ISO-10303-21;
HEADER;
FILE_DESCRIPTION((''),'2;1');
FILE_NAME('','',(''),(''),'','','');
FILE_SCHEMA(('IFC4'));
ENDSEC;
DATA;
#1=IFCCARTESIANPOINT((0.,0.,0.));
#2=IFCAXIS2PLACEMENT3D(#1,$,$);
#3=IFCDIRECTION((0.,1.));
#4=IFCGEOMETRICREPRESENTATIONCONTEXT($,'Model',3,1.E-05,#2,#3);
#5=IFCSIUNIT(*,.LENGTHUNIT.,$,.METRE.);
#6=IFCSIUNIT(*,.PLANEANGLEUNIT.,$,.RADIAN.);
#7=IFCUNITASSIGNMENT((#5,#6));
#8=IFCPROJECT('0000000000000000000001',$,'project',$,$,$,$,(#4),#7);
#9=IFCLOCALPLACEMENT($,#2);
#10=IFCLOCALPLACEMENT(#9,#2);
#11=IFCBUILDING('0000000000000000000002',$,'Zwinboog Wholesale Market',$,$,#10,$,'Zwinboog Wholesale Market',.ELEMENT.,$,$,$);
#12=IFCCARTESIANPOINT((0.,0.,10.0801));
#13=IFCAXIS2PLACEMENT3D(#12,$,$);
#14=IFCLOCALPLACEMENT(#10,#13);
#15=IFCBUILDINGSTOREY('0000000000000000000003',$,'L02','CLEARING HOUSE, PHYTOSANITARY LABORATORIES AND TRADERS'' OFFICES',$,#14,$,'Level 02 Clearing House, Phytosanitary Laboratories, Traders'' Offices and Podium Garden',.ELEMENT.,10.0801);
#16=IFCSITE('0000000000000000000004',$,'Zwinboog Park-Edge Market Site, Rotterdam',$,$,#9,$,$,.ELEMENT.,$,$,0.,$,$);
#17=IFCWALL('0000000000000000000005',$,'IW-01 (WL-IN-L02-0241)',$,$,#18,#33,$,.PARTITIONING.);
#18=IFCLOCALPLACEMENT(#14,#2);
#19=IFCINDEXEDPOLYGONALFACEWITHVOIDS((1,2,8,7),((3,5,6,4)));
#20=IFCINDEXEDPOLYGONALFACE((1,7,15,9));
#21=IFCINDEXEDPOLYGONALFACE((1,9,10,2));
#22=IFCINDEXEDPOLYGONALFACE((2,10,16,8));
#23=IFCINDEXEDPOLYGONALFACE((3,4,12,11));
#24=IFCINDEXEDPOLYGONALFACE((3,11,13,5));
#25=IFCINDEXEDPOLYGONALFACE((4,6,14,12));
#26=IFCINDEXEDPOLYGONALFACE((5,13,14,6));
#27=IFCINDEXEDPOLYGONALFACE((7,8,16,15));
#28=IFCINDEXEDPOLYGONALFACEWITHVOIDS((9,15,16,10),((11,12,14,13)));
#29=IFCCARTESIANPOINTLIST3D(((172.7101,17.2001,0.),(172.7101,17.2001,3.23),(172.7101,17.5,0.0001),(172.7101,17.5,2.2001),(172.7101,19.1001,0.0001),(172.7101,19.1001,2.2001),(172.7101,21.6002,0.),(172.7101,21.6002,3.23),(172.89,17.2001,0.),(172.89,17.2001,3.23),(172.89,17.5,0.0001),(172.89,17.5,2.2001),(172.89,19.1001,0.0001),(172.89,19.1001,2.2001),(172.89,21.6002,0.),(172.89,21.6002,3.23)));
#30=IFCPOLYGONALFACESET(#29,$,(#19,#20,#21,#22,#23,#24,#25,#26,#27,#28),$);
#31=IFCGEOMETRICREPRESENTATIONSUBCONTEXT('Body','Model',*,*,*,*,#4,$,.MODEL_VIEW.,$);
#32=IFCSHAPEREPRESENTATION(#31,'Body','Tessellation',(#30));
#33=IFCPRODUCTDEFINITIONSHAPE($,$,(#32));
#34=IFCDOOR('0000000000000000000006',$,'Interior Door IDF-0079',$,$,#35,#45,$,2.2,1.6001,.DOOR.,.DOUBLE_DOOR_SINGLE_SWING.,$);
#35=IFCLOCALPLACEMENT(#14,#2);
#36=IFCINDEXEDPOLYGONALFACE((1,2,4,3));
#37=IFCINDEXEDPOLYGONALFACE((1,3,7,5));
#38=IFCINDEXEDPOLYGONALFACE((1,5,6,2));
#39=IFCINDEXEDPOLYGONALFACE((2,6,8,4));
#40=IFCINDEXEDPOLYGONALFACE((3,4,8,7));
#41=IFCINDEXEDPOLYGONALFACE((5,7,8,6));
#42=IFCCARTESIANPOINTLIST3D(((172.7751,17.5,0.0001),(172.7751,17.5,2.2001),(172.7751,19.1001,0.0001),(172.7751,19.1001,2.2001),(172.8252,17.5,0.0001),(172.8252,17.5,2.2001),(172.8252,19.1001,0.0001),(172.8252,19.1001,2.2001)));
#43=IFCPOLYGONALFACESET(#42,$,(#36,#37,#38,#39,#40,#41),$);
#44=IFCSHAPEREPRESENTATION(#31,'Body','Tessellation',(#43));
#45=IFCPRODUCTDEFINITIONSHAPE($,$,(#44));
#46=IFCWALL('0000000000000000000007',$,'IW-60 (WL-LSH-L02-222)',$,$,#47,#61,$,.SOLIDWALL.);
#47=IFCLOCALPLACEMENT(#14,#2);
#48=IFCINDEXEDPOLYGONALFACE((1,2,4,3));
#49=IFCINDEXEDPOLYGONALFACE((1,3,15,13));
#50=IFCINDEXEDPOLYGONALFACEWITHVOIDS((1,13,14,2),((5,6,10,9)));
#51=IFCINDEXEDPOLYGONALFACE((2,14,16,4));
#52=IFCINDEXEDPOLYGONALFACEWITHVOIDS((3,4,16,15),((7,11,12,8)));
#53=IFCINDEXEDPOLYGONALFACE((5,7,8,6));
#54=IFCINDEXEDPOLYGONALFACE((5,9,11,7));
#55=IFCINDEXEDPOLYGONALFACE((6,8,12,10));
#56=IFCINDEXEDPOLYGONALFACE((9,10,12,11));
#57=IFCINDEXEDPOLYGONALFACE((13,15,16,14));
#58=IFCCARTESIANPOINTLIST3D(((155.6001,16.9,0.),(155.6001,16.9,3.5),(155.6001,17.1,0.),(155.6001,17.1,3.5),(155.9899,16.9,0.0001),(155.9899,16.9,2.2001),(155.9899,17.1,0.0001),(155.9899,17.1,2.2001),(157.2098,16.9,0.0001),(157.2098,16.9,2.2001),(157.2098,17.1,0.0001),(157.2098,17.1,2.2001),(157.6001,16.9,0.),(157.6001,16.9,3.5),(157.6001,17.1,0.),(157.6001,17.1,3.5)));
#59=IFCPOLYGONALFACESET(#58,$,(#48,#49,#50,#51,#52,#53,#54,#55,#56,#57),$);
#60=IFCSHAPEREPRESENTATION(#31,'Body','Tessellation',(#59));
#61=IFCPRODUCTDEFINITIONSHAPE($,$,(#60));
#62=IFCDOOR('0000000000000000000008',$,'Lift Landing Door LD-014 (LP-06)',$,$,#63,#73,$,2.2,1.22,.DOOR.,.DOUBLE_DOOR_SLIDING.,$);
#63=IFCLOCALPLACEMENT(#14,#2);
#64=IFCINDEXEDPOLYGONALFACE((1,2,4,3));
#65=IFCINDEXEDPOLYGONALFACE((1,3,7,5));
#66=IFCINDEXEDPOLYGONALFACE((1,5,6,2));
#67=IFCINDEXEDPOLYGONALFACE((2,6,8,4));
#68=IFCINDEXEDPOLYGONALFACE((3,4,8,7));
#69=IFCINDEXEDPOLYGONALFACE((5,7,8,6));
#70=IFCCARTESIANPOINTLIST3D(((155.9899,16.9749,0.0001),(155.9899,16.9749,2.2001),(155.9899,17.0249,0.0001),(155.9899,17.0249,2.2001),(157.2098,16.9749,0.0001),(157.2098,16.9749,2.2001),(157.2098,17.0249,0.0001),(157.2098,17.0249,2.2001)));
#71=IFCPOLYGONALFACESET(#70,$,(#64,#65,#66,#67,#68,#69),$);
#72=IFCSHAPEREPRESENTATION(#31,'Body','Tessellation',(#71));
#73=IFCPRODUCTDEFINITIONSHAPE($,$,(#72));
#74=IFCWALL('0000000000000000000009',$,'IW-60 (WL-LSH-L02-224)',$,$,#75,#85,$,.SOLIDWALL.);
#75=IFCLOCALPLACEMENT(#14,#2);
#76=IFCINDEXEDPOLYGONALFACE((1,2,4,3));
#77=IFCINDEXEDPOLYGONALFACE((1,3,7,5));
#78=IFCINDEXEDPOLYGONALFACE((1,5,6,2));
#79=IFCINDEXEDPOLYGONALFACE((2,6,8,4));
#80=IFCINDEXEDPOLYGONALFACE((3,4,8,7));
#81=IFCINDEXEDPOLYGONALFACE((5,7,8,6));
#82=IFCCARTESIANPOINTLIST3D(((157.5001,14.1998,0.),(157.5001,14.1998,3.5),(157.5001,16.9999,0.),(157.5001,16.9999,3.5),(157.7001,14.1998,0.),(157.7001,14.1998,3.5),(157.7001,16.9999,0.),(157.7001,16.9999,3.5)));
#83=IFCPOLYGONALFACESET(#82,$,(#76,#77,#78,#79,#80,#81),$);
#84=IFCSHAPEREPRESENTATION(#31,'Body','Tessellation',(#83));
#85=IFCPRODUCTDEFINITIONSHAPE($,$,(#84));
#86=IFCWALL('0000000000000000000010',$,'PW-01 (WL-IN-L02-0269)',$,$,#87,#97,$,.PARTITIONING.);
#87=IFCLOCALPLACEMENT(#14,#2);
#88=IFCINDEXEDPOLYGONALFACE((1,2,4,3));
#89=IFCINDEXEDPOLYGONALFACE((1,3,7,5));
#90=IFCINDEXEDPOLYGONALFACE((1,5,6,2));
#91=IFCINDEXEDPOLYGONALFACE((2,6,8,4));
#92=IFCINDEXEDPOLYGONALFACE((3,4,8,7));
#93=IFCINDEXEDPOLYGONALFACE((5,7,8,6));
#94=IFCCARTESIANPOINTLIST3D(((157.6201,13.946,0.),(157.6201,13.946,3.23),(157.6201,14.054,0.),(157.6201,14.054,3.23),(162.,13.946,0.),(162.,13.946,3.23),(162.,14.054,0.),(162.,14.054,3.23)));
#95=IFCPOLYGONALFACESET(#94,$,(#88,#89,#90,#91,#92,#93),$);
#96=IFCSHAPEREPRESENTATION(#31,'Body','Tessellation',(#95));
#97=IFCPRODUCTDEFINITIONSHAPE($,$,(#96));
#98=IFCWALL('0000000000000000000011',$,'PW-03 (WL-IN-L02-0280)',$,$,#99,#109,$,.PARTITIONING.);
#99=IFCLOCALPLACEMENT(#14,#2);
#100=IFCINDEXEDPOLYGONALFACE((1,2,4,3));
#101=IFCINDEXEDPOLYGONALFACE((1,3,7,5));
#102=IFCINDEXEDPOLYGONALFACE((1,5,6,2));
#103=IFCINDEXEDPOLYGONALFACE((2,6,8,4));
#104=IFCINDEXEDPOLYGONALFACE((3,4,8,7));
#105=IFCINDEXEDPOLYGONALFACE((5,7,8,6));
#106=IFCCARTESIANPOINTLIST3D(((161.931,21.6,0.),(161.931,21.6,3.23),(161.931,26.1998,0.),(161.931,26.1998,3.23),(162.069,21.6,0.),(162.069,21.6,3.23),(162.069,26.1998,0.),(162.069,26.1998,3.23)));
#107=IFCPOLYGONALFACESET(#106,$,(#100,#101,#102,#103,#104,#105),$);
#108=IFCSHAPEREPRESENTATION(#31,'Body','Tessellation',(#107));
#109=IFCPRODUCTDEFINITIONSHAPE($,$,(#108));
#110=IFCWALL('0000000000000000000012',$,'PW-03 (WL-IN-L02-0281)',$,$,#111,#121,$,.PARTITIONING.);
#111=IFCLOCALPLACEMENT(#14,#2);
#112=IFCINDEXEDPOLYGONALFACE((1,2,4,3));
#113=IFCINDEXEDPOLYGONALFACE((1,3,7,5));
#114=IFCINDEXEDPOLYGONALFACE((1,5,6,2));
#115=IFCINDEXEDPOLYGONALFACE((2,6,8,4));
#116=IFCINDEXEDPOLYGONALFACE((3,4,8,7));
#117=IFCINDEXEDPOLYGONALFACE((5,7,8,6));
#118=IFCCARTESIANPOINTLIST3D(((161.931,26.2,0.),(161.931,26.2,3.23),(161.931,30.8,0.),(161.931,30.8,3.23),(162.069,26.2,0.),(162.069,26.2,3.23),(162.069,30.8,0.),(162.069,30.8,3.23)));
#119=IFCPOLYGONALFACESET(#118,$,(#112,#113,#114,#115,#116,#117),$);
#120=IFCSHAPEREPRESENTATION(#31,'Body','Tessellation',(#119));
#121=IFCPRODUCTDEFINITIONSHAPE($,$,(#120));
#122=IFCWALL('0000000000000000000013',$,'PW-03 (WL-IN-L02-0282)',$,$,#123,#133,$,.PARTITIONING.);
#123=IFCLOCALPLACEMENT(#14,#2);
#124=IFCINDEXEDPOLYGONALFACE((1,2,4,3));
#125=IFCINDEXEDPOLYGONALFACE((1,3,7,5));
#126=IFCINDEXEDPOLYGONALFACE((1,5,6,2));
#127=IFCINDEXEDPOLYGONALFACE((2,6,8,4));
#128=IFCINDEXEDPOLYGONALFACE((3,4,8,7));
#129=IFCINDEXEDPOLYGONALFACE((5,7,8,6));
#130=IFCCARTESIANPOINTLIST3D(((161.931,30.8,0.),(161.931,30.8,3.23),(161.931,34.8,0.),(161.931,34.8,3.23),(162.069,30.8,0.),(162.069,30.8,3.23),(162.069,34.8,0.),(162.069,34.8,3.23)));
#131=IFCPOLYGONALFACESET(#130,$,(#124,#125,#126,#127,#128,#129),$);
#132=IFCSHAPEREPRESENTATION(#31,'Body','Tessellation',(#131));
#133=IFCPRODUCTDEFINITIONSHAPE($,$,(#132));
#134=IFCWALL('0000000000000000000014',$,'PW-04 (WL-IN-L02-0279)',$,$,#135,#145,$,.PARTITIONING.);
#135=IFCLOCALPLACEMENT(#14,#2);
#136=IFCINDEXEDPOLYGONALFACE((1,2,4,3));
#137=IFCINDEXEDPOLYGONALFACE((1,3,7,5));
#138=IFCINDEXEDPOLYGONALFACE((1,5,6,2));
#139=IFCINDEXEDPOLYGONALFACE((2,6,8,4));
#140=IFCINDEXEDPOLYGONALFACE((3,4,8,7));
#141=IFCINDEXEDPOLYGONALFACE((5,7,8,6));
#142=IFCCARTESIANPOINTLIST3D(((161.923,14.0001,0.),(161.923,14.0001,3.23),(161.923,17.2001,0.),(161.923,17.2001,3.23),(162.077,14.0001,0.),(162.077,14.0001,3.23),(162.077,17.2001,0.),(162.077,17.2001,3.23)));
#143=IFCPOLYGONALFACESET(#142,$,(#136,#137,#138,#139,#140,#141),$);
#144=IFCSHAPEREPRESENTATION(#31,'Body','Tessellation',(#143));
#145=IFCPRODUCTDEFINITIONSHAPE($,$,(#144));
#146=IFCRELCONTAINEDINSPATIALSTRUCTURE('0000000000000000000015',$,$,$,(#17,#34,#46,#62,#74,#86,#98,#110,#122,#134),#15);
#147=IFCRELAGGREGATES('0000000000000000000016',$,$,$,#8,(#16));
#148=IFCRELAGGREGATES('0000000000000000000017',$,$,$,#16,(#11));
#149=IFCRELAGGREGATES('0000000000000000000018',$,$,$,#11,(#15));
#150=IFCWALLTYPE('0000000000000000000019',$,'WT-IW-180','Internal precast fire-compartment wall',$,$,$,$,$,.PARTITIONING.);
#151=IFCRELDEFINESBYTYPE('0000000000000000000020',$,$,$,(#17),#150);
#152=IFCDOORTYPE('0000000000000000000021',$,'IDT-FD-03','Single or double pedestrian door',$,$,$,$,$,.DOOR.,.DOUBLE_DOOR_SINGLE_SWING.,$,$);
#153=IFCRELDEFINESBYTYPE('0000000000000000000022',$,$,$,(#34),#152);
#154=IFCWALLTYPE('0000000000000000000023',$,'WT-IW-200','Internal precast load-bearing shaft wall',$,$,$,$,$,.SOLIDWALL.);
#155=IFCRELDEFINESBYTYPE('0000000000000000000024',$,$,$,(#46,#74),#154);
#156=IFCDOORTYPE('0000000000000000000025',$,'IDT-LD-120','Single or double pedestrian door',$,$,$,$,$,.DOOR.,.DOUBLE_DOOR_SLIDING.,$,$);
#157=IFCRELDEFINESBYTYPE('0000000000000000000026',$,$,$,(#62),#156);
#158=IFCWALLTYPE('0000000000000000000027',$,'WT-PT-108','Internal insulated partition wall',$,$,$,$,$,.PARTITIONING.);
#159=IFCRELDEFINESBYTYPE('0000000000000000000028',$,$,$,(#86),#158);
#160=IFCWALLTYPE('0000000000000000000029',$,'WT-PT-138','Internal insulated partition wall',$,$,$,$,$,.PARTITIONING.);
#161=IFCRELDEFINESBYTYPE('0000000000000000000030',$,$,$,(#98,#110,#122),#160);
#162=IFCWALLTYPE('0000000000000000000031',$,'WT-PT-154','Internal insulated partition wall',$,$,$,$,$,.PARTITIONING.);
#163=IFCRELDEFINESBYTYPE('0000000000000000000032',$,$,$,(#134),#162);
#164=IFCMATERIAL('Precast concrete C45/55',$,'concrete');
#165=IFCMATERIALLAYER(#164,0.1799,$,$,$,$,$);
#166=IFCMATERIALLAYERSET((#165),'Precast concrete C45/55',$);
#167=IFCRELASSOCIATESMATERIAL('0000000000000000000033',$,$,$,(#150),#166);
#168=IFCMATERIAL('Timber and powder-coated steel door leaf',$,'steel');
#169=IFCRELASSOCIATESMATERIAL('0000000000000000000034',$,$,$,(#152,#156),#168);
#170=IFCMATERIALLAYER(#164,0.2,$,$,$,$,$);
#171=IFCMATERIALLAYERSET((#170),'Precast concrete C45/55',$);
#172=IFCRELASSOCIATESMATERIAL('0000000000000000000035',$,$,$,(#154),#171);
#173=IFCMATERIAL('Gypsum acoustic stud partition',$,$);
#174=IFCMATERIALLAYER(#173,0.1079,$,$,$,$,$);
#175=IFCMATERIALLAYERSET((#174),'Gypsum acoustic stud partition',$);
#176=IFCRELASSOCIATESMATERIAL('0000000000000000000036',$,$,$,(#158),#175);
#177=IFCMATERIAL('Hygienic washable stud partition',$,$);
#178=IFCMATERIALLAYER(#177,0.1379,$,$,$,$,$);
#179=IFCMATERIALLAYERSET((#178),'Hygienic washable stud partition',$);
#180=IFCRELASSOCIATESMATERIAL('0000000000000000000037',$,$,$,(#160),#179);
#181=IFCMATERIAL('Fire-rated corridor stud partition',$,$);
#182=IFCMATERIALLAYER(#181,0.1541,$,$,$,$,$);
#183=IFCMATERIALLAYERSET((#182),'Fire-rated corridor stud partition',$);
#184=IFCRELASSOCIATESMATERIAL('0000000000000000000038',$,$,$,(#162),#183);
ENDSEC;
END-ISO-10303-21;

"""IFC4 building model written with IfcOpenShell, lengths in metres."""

from ifc_helpers import new_model, si_unit, direction, frame, frame_2d, origin, place, context, subcontext, project, spatial, rectangle, extrude, material, layer, layer_set, type_object, element, fill, save


model = new_model("IFC4")

# Units and contexts
model_context = context("Model", 3, precision=1e-05, world=origin(), true_north=direction((0.0, 1.0)))
body_context = subcontext(model_context, "Body", "Model", "MODEL_VIEW")
ifc_project = project(units=[si_unit("LENGTHUNIT", "METRE"), si_unit("PLANEANGLEUNIT", "RADIAN")], contexts=[model_context])

# Site, building, storey
site_placement = place(None, origin())
site = spatial("IfcSite", under=ifc_project, at=site_placement, Name="Zwinboog Park-Edge Market Site, Rotterdam", CompositionType="ELEMENT", RefElevation=0.0)
building_placement = place(site_placement, origin())
building = spatial("IfcBuilding", under=site, at=building_placement, Name="Zwinboog Wholesale Market", LongName="Zwinboog Wholesale Market", CompositionType="ELEMENT")
storey_placement = place(building_placement, frame((0.0, 0.0, 10.0801)))
storey = spatial("IfcBuildingStorey", under=building, at=storey_placement, Name="L02", Description="CLEARING HOUSE, PHYTOSANITARY LABORATORIES AND TRADERS' OFFICES", LongName="Level 02 Clearing House, Phytosanitary Laboratories, Traders' Offices and Podium Garden", CompositionType="ELEMENT", Elevation=10.0801)

# Shared definitions
ifc_material_1 = material(Name="Precast concrete C45/55", Category="concrete")

# Walls, openings, doors
ifc_layer_1 = layer(ifc_material_1, 0.1799)
ifc_layer_set_1 = layer_set([ifc_layer_1], Name="Precast concrete C45/55")
wall_type_1 = type_object("IfcWallType", Name="WT-IW-180", Description="Internal precast fire-compartment wall", PredefinedType="PARTITIONING", material=ifc_layer_set_1)
wall_1_placement = place(storey_placement, frame((172.8, 17.2, 0.0), z_axis=(0.0, 0.0, 1.0), x_axis=(0.0, 1.0, 0.0)))
wall_1 = element("IfcWall", 1, at=wall_1_placement, inside=storey, type_object=wall_type_1, Name="IW-01 (WL-IN-L02-0241)", PredefinedType="PARTITIONING", context=body_context, shape_type="SweptSolid", body=[
    extrude(rectangle(XDim=4.4001, YDim=0.1799, at=frame_2d((2.2002, 0.0))), origin(), (0.0, 0.0, 1.0), 3.23),
])
opening_1_placement = place(wall_1_placement, frame((0.3, 0.0, 0.0)))
opening_1 = element("IfcOpeningElement", 2, at=opening_1_placement, cuts=wall_1, PredefinedType="OPENING", context=body_context, shape_type="SweptSolid", body=[
    extrude(rectangle(XDim=1.6001, YDim=2.2, at=frame_2d((0.8, 1.1001))), frame((0.0, 0.0999, 0.0), z_axis=(0.0, -1.0, 0.0), x_axis=(1.0, 0.0, 0.0)), (0.0, 0.0, 1.0), 0.2),
])
ifc_material_2 = material(Name="Timber and powder-coated steel door leaf", Category="steel")
door_type_1 = type_object("IfcDoorType", Name="IDT-FD-03", Description="Single or double pedestrian door", OperationType="DOUBLE_DOOR_SINGLE_SWING", PredefinedType="DOOR", material=ifc_material_2)
door_1_placement = place(opening_1_placement, origin())
door_1 = element("IfcDoor", 3, at=door_1_placement, inside=storey, type_object=door_type_1, Name="Interior Door IDF-0079", OperationType="DOUBLE_DOOR_SINGLE_SWING", OverallHeight=2.2, OverallWidth=1.6001, PredefinedType="DOOR", context=body_context, shape_type="SweptSolid", body=[
    extrude(rectangle(XDim=1.6001, YDim=2.2, at=frame_2d((0.8, 1.1001))), frame((0.0, 0.0249, 0.0), z_axis=(0.0, -1.0, 0.0), x_axis=(1.0, 0.0, 0.0)), (0.0, 0.0, 1.0), 0.05),
])
fill(opening_1, door_1)
ifc_layer_2 = layer(ifc_material_1, 0.2)
ifc_layer_set_2 = layer_set([ifc_layer_2], Name="Precast concrete C45/55")
wall_type_2 = type_object("IfcWallType", Name="WT-IW-200", Description="Internal precast load-bearing shaft wall", PredefinedType="SOLIDWALL", material=ifc_layer_set_2)
wall_2_placement = place(storey_placement, frame((155.6001, 17.0, 0.0), z_axis=(0.0, 0.0, 1.0), x_axis=(1.0, 0.0, 0.0)))
wall_2 = element("IfcWall", 4, at=wall_2_placement, inside=storey, type_object=wall_type_2, Name="IW-60 (WL-LSH-L02-222)", PredefinedType="SOLIDWALL", context=body_context, shape_type="SweptSolid", body=[
    extrude(rectangle(XDim=2.0, YDim=0.2, at=frame_2d((1.0, 0.0))), origin(), (0.0, 0.0, 1.0), 3.5),
])
opening_2_placement = place(wall_2_placement, frame((0.3899, 0.0, 0.0)))
opening_2 = element("IfcOpeningElement", 5, at=opening_2_placement, cuts=wall_2, PredefinedType="OPENING", context=body_context, shape_type="SweptSolid", body=[
    extrude(rectangle(XDim=1.22, YDim=2.2, at=frame_2d((0.6099, 1.1001))), frame((0.0, 0.1099, 0.0), z_axis=(0.0, -1.0, 0.0), x_axis=(1.0, 0.0, 0.0)), (0.0, 0.0, 1.0), 0.22),
])
door_type_2 = type_object("IfcDoorType", Name="IDT-LD-120", Description="Single or double pedestrian door", OperationType="DOUBLE_DOOR_SLIDING", PredefinedType="DOOR", material=ifc_material_2)
door_2_placement = place(opening_2_placement, origin())
door_2 = element("IfcDoor", 6, at=door_2_placement, inside=storey, type_object=door_type_2, Name="Lift Landing Door LD-014 (LP-06)", OperationType="DOUBLE_DOOR_SLIDING", OverallHeight=2.2, OverallWidth=1.22, PredefinedType="DOOR", context=body_context, shape_type="SweptSolid", body=[
    extrude(rectangle(XDim=1.22, YDim=2.2, at=frame_2d((0.6099, 1.1001))), frame((0.0, 0.0249, 0.0), z_axis=(0.0, -1.0, 0.0), x_axis=(1.0, 0.0, 0.0)), (0.0, 0.0, 1.0), 0.05),
])
fill(opening_2, door_2)

# Walls
wall_3_placement = place(storey_placement, frame((157.6001, 14.2, 0.0), z_axis=(0.0, 0.0, 1.0), x_axis=(0.0, 1.0, 0.0)))
element("IfcWall", 7, at=wall_3_placement, inside=storey, type_object=wall_type_2, Name="IW-60 (WL-LSH-L02-224)", PredefinedType="SOLIDWALL", context=body_context, shape_type="SweptSolid", body=[
    extrude(rectangle(XDim=2.8, YDim=0.2, at=frame_2d((1.3999, 0.0))), origin(), (0.0, 0.0, 1.0), 3.5),
])
ifc_material_3 = material(Name="Gypsum acoustic stud partition")
ifc_layer_3 = layer(ifc_material_3, 0.1079)
ifc_layer_set_3 = layer_set([ifc_layer_3], Name="Gypsum acoustic stud partition")
wall_type_3 = type_object("IfcWallType", Name="WT-PT-108", Description="Internal insulated partition wall", PredefinedType="PARTITIONING", material=ifc_layer_set_3)
wall_4_placement = place(storey_placement, frame((157.6201, 14.0, 0.0), z_axis=(0.0, 0.0, 1.0), x_axis=(1.0, 0.0, 0.0)))
element("IfcWall", 8, at=wall_4_placement, inside=storey, type_object=wall_type_3, Name="PW-01 (WL-IN-L02-0269)", PredefinedType="PARTITIONING", context=body_context, shape_type="SweptSolid", body=[
    extrude(rectangle(XDim=4.3799, YDim=0.1079, at=frame_2d((2.1899, 0.0))), origin(), (0.0, 0.0, 1.0), 3.23),
])
ifc_material_4 = material(Name="Hygienic washable stud partition")
ifc_layer_4 = layer(ifc_material_4, 0.1379)
ifc_layer_set_4 = layer_set([ifc_layer_4], Name="Hygienic washable stud partition")
wall_type_4 = type_object("IfcWallType", Name="WT-PT-138", Description="Internal insulated partition wall", PredefinedType="PARTITIONING", material=ifc_layer_set_4)
wall_5_placement = place(storey_placement, frame((162.0, 21.6001, 0.0), z_axis=(0.0, 0.0, 1.0), x_axis=(0.0, 1.0, 0.0)))
element("IfcWall", 9, at=wall_5_placement, inside=storey, type_object=wall_type_4, Name="PW-03 (WL-IN-L02-0280)", PredefinedType="PARTITIONING", context=body_context, shape_type="SweptSolid", body=[
    extrude(rectangle(XDim=4.5999, YDim=0.1379, at=frame_2d((2.2998, 0.0))), origin(), (0.0, 0.0, 1.0), 3.23),
])
wall_6_placement = place(storey_placement, frame((162.0, 26.2, 0.0), z_axis=(0.0, 0.0, 1.0), x_axis=(0.0, 1.0, 0.0)))
element("IfcWall", 10, at=wall_6_placement, inside=storey, type_object=wall_type_4, Name="PW-03 (WL-IN-L02-0281)", PredefinedType="PARTITIONING", context=body_context, shape_type="SweptSolid", body=[
    extrude(rectangle(XDim=4.6001, YDim=0.1379, at=frame_2d((2.3, 0.0))), origin(), (0.0, 0.0, 1.0), 3.23),
])
wall_7_placement = place(storey_placement, frame((162.0, 30.8, 0.0), z_axis=(0.0, 0.0, 1.0), x_axis=(0.0, 1.0, 0.0)))
element("IfcWall", 11, at=wall_7_placement, inside=storey, type_object=wall_type_4, Name="PW-03 (WL-IN-L02-0282)", PredefinedType="PARTITIONING", context=body_context, shape_type="SweptSolid", body=[
    extrude(rectangle(XDim=4.0, YDim=0.1379, at=frame_2d((2.0, 0.0))), origin(), (0.0, 0.0, 1.0), 3.23),
])
ifc_material_5 = material(Name="Fire-rated corridor stud partition")
ifc_layer_5 = layer(ifc_material_5, 0.1541)
ifc_layer_set_5 = layer_set([ifc_layer_5], Name="Fire-rated corridor stud partition")
wall_type_5 = type_object("IfcWallType", Name="WT-PT-154", Description="Internal insulated partition wall", PredefinedType="PARTITIONING", material=ifc_layer_set_5)
wall_8_placement = place(storey_placement, frame((162.0, 14.0, 0.0), z_axis=(0.0, 0.0, 1.0), x_axis=(0.0, 1.0, 0.0)))
element("IfcWall", 12, at=wall_8_placement, inside=storey, type_object=wall_type_5, Name="PW-04 (WL-IN-L02-0279)", PredefinedType="PARTITIONING", context=body_context, shape_type="SweptSolid", body=[
    extrude(rectangle(XDim=3.2, YDim=0.1541, at=frame_2d((1.6001, 0.0))), origin(), (0.0, 0.0, 1.0), 3.23),
])

save(model, "model.ifc")
